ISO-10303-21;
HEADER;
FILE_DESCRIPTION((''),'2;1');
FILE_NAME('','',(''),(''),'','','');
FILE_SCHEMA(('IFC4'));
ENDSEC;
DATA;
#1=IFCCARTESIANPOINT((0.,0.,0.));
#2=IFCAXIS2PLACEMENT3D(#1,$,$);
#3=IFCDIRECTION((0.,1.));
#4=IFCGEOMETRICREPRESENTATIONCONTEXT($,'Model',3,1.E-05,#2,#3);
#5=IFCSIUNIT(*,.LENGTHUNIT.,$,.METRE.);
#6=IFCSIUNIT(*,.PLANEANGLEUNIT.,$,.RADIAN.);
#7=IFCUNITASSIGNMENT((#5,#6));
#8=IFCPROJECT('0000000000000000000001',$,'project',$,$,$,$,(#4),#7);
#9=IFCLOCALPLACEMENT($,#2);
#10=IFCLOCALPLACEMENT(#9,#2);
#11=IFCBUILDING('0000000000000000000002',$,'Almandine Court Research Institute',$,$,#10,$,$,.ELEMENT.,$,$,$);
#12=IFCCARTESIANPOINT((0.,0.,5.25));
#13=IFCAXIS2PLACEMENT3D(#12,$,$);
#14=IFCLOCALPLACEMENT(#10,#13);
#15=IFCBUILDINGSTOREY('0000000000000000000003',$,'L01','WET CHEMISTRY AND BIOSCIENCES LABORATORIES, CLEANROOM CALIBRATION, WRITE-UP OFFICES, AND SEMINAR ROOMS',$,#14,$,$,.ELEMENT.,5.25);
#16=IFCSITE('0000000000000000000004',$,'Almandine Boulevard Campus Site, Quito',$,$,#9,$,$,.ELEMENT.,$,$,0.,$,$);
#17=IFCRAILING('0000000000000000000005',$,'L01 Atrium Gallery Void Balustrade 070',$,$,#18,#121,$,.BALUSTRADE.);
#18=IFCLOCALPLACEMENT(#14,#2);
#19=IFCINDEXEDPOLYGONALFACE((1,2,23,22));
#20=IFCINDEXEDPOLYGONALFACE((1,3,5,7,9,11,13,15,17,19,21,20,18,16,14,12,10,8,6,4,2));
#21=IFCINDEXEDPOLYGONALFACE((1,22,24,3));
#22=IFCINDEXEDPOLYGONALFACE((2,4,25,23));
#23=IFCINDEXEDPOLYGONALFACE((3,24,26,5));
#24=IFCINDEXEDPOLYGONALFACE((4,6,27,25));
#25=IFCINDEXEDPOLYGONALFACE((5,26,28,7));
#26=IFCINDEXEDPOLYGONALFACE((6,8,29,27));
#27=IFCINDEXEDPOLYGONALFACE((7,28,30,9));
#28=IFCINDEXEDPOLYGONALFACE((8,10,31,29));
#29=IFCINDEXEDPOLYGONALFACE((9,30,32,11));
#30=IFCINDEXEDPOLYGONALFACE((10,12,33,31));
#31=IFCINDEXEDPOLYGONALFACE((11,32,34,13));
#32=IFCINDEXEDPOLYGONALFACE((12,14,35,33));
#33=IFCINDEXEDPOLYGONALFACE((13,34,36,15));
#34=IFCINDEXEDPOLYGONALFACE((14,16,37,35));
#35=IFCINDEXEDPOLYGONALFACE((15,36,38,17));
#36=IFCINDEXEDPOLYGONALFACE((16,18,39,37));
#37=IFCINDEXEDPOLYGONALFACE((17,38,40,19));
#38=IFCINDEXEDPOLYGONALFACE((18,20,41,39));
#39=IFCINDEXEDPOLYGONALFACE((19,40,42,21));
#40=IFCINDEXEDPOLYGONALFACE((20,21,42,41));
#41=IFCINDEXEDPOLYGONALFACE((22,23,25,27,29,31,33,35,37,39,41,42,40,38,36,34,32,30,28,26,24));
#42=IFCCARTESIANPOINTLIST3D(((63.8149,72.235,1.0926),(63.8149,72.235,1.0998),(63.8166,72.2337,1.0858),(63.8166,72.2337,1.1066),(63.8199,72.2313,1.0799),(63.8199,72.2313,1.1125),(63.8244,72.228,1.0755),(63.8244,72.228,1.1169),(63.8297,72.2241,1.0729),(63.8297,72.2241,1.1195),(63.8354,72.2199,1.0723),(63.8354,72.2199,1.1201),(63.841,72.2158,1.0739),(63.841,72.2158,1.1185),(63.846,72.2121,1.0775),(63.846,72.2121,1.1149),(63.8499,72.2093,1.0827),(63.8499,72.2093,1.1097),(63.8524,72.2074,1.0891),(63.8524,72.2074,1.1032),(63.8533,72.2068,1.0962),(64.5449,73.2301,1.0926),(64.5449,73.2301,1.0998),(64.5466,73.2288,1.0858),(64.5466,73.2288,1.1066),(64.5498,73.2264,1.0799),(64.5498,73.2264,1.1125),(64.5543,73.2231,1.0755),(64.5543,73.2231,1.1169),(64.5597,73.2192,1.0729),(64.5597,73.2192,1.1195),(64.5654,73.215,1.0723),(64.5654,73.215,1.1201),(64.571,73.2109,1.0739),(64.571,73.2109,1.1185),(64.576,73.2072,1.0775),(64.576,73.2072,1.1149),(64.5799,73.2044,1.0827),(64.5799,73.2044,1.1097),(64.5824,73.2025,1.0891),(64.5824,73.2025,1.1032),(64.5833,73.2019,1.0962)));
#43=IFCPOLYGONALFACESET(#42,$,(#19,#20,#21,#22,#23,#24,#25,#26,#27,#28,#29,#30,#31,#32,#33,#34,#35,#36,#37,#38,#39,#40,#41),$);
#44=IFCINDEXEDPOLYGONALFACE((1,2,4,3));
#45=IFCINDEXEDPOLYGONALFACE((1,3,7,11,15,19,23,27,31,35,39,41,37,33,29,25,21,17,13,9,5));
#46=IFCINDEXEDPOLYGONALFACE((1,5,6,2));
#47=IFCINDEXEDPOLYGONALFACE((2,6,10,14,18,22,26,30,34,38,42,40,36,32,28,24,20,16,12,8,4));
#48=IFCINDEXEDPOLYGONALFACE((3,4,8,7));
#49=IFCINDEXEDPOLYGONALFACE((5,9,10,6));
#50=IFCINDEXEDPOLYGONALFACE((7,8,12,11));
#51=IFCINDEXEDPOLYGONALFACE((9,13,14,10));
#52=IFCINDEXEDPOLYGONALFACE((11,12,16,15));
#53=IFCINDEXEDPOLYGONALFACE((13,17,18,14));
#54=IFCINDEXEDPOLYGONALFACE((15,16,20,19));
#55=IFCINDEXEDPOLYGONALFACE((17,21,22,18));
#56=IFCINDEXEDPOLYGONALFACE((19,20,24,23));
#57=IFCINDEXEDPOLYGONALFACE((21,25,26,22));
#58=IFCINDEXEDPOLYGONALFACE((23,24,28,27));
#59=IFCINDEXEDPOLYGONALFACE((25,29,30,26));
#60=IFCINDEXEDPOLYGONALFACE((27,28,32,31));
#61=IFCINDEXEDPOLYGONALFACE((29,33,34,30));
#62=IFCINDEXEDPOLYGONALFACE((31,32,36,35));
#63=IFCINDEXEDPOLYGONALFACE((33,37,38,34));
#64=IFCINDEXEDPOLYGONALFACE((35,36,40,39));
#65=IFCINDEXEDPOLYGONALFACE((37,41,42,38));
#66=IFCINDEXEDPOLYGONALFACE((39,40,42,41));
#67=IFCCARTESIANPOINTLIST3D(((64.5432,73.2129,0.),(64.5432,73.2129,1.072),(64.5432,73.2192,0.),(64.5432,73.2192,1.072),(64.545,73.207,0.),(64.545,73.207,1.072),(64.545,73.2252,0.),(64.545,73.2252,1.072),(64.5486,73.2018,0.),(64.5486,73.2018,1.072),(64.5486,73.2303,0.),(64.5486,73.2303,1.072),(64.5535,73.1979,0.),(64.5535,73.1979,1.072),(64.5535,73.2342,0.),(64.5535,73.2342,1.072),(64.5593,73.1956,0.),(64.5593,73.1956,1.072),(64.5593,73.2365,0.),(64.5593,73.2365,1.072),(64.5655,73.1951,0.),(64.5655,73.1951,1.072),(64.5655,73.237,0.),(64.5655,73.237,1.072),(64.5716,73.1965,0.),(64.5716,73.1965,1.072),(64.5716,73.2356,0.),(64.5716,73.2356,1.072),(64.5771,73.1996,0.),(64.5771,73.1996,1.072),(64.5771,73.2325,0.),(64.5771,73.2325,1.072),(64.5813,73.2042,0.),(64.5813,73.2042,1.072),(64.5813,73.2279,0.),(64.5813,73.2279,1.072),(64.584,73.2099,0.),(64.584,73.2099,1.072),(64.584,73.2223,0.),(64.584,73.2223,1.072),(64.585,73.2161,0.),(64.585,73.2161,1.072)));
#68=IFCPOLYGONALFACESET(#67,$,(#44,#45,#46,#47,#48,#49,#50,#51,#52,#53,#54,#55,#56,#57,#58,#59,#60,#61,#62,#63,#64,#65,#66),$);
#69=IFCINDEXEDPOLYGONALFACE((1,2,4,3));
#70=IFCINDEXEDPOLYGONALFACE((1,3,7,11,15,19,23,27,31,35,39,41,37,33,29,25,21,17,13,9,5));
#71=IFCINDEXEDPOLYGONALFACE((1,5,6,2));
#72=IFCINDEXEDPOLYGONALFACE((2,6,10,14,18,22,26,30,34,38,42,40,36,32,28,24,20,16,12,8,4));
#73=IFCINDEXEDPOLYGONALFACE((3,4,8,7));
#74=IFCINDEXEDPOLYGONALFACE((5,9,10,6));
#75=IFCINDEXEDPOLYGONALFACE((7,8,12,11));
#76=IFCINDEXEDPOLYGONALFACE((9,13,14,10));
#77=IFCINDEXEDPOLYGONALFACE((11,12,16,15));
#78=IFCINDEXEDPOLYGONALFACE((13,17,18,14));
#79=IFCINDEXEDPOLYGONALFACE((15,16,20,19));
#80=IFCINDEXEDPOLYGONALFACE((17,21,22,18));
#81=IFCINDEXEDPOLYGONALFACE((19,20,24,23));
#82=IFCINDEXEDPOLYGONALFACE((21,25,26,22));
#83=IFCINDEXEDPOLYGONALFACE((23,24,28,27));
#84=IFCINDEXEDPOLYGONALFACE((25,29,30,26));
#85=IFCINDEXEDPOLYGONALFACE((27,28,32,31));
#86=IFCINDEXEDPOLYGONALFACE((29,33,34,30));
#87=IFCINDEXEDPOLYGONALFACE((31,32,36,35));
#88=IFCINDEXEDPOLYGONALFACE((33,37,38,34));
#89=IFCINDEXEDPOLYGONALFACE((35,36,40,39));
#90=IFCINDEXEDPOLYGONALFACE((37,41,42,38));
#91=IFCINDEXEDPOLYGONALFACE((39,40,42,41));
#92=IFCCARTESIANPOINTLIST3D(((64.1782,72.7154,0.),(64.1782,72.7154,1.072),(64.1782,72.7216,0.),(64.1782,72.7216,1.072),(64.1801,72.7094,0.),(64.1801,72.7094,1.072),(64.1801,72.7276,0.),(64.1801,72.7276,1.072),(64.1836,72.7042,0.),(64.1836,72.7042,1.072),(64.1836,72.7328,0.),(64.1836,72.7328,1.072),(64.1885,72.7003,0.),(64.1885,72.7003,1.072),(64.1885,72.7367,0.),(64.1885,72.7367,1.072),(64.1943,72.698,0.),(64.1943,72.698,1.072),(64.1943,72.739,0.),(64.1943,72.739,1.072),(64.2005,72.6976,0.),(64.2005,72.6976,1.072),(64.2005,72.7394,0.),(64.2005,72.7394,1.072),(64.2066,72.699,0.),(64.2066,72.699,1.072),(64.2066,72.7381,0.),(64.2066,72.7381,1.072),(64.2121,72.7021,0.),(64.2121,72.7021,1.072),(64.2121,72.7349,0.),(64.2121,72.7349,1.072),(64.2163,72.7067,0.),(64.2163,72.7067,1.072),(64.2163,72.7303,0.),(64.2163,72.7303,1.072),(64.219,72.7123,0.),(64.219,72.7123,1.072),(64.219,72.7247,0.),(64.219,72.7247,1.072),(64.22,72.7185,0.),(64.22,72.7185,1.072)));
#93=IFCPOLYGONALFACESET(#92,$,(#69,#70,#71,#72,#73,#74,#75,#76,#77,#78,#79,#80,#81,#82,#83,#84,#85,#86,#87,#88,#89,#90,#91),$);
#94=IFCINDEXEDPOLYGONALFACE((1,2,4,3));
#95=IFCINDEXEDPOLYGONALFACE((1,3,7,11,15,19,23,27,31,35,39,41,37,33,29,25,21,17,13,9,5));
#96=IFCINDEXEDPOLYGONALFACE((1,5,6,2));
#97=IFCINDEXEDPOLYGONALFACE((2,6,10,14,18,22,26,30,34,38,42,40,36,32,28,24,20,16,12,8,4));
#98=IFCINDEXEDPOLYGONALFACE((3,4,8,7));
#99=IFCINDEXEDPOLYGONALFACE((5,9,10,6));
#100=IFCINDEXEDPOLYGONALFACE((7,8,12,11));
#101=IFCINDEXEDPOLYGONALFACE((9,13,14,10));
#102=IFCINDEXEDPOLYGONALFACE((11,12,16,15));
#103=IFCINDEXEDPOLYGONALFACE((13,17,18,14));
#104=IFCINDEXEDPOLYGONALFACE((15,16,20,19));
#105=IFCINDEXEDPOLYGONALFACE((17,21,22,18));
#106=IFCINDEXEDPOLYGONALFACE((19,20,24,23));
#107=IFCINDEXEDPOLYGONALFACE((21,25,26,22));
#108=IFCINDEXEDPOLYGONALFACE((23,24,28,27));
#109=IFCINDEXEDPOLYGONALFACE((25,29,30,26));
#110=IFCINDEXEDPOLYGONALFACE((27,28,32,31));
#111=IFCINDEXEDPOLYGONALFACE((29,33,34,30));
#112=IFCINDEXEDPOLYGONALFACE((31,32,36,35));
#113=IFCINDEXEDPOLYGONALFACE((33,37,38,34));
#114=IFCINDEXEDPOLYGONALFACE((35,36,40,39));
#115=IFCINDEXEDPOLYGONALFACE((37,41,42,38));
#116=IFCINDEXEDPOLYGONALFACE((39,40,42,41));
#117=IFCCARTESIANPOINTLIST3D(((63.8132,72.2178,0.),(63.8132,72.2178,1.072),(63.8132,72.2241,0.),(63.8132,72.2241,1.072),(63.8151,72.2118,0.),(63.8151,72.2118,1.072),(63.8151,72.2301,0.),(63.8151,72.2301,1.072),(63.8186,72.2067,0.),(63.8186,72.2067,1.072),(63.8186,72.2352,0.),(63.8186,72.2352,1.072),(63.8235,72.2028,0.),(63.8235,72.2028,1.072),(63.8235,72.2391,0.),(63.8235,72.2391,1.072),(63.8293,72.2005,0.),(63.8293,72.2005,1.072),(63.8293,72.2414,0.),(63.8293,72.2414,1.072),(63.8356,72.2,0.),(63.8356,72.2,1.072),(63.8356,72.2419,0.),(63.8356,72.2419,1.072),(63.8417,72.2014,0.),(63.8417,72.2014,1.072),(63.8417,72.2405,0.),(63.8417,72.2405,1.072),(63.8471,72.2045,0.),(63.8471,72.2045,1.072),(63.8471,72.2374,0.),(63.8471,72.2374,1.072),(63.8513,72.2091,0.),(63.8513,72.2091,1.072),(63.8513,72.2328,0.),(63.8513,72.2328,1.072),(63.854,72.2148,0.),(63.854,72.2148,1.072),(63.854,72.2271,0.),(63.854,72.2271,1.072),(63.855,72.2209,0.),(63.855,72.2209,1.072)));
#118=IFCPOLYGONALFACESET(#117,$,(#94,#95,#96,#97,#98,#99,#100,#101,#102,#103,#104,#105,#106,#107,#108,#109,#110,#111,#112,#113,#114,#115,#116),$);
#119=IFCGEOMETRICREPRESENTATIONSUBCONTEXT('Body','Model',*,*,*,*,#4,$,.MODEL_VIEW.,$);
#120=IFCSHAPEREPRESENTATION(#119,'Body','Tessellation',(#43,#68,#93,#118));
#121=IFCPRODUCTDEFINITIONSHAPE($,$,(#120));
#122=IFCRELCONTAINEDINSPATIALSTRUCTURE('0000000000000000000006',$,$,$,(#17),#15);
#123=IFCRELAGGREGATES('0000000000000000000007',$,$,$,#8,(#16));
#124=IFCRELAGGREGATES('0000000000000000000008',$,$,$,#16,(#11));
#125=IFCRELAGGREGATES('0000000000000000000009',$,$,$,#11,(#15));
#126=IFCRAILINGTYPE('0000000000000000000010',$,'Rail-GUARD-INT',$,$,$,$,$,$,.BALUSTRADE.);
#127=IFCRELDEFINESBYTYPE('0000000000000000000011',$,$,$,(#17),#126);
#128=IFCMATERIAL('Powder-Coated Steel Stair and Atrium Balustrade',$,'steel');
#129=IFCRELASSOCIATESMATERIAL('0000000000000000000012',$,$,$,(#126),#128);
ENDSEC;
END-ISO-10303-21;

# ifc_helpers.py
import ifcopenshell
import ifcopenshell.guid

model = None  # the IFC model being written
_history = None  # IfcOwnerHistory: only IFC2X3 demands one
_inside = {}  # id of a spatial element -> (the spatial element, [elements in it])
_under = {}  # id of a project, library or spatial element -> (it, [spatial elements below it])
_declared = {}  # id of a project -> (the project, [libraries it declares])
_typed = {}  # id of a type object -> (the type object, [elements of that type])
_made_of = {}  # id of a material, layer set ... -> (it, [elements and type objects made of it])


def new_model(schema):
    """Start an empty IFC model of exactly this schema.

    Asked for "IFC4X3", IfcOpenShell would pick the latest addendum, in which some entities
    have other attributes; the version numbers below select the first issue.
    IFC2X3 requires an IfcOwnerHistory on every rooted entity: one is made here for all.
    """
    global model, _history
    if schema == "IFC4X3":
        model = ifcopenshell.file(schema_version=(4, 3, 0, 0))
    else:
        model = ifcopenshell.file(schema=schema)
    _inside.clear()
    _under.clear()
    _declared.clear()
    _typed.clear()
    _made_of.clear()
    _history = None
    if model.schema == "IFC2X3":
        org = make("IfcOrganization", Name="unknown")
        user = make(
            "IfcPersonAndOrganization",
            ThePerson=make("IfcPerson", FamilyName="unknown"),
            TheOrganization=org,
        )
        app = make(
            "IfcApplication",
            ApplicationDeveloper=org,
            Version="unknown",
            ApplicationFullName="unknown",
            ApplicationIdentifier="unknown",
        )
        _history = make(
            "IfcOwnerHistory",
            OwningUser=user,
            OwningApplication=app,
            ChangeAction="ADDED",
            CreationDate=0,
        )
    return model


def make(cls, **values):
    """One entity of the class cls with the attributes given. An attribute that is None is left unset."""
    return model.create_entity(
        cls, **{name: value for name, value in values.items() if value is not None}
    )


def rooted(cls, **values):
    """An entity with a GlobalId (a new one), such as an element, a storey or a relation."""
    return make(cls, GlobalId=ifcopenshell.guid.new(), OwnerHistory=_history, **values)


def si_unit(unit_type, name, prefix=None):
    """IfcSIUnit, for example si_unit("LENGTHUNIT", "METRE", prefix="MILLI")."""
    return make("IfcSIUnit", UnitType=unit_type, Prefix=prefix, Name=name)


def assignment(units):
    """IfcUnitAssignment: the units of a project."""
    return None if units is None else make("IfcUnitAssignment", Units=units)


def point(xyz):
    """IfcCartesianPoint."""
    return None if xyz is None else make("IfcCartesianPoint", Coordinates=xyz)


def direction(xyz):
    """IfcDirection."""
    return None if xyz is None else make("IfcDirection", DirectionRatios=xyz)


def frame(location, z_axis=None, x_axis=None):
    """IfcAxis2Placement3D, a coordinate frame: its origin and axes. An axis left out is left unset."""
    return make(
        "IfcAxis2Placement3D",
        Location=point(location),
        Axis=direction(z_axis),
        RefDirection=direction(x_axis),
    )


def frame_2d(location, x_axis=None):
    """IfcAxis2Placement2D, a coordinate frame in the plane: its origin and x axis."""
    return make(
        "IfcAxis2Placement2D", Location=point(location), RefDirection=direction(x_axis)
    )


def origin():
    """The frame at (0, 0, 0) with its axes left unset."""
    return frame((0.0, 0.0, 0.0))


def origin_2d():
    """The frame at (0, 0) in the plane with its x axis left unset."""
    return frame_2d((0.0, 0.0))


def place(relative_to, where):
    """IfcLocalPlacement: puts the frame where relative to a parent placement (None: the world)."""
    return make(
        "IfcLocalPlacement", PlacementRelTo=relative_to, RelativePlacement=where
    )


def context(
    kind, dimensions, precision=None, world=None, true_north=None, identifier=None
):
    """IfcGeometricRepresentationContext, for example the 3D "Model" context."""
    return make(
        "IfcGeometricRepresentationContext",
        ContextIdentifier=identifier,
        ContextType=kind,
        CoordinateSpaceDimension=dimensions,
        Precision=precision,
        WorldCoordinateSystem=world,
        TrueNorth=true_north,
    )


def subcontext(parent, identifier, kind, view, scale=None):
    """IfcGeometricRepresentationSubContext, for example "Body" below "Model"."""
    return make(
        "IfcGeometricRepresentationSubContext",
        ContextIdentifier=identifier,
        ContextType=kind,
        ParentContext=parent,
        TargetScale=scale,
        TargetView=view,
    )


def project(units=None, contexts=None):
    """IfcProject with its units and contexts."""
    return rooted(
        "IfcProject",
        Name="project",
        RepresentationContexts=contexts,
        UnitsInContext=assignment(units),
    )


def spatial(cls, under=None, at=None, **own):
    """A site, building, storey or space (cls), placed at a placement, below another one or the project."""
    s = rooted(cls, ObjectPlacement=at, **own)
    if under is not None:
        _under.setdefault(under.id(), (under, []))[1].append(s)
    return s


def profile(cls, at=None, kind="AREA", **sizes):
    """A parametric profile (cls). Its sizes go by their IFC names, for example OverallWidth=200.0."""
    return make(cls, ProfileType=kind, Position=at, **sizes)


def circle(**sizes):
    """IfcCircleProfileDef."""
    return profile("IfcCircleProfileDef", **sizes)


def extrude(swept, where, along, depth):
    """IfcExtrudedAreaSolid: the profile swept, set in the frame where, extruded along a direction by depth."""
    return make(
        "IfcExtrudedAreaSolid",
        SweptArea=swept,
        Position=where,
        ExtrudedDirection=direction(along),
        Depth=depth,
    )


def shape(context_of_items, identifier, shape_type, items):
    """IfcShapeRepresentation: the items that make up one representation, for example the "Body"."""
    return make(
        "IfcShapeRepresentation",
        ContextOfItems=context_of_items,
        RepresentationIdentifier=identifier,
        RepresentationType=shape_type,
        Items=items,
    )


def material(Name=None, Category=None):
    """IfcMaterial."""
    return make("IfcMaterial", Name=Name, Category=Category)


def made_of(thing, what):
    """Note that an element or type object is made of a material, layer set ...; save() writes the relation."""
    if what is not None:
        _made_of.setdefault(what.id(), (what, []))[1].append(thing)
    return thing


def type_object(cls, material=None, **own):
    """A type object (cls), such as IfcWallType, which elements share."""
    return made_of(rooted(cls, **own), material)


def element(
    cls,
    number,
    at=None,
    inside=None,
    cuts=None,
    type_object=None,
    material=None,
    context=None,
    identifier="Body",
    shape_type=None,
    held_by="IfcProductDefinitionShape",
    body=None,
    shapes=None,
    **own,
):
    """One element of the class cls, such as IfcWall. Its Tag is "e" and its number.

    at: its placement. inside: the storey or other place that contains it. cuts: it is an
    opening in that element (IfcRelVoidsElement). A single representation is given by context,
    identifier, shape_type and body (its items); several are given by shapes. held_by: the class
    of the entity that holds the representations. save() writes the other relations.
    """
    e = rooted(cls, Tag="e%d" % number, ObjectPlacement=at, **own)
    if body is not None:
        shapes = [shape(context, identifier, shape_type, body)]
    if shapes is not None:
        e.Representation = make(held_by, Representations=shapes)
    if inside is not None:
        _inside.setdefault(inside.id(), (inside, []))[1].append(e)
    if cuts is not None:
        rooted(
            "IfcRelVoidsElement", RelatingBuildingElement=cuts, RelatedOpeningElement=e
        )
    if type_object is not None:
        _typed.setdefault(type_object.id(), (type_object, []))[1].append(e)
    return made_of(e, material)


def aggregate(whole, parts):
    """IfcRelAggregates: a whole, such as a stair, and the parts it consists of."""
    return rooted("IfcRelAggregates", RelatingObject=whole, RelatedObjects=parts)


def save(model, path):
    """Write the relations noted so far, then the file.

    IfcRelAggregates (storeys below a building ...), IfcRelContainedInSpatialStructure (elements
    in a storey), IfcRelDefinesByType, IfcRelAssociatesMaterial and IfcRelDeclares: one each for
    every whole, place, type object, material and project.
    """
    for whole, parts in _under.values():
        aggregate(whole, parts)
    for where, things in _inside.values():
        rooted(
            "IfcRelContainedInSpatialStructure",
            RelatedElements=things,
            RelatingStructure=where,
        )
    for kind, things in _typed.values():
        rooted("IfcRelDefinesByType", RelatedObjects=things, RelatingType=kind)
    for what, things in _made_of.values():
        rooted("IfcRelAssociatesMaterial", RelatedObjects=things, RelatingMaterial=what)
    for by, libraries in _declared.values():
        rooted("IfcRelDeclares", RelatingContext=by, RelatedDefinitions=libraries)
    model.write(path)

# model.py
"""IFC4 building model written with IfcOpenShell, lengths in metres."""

from ifc_helpers import new_model, si_unit, direction, frame, origin, origin_2d, place, context, subcontext, project, spatial, circle, extrude, material, type_object, element, save


model = new_model("IFC4")

# Units and contexts
model_context = context("Model", 3, precision=1e-05, world=origin(), true_north=direction((0.0, 1.0)))
body_context = subcontext(model_context, "Body", "Model", "MODEL_VIEW")
ifc_project = project(units=[si_unit("LENGTHUNIT", "METRE"), si_unit("PLANEANGLEUNIT", "RADIAN")], contexts=[model_context])

# Site, building, storey
site_placement = place(None, origin())
site = spatial("IfcSite", under=ifc_project, at=site_placement, Name="Almandine Boulevard Campus Site, Quito", CompositionType="ELEMENT", RefElevation=0.0)
building_placement = place(site_placement, origin())
building = spatial("IfcBuilding", under=site, at=building_placement, Name="Almandine Court Research Institute", CompositionType="ELEMENT")
storey_placement = place(building_placement, frame((0.0, 0.0, 5.25)))
storey = spatial("IfcBuildingStorey", under=building, at=storey_placement, Name="L01", Description="WET CHEMISTRY AND BIOSCIENCES LABORATORIES, CLEANROOM CALIBRATION, WRITE-UP OFFICES, AND SEMINAR ROOMS", CompositionType="ELEMENT", Elevation=5.25)

# Railing
ifc_material_1 = material(Name="Powder-Coated Steel Stair and Atrium Balustrade", Category="steel")
railing_type = type_object("IfcRailingType", Name="Rail-GUARD-INT", PredefinedType="BALUSTRADE", material=ifc_material_1)
railing_1_placement = place(storey_placement, frame((64.564, 73.2161, 0.0)))
element("IfcRailing", 1, at=railing_1_placement, inside=storey, type_object=railing_type, Name="L01 Atrium Gallery Void Balustrade 070", PredefinedType="BALUSTRADE", context=body_context, shape_type="SweptSolid", body=[
    extrude(circle(Radius=0.0239, at=origin_2d()), frame((0.0, 0.0, 1.0962), z_axis=(-0.591484, -0.806317, 0.0), x_axis=(0.806317, -0.591484, 0.0)), (0.0, 0.0, 1.0), 1.2341),
    extrude(circle(Radius=0.021, at=origin_2d()), origin(), (0.0, 0.0, 1.0), 1.072),
    extrude(circle(Radius=0.021, at=origin_2d()), frame((-0.365, -0.4976, 0.0)), (0.0, 0.0, 1.0), 1.072),
    extrude(circle(Radius=0.021, at=origin_2d()), frame((-0.73, -0.9951, 0.0)), (0.0, 0.0, 1.0), 1.072),
])

save(model, "model.ifc")
